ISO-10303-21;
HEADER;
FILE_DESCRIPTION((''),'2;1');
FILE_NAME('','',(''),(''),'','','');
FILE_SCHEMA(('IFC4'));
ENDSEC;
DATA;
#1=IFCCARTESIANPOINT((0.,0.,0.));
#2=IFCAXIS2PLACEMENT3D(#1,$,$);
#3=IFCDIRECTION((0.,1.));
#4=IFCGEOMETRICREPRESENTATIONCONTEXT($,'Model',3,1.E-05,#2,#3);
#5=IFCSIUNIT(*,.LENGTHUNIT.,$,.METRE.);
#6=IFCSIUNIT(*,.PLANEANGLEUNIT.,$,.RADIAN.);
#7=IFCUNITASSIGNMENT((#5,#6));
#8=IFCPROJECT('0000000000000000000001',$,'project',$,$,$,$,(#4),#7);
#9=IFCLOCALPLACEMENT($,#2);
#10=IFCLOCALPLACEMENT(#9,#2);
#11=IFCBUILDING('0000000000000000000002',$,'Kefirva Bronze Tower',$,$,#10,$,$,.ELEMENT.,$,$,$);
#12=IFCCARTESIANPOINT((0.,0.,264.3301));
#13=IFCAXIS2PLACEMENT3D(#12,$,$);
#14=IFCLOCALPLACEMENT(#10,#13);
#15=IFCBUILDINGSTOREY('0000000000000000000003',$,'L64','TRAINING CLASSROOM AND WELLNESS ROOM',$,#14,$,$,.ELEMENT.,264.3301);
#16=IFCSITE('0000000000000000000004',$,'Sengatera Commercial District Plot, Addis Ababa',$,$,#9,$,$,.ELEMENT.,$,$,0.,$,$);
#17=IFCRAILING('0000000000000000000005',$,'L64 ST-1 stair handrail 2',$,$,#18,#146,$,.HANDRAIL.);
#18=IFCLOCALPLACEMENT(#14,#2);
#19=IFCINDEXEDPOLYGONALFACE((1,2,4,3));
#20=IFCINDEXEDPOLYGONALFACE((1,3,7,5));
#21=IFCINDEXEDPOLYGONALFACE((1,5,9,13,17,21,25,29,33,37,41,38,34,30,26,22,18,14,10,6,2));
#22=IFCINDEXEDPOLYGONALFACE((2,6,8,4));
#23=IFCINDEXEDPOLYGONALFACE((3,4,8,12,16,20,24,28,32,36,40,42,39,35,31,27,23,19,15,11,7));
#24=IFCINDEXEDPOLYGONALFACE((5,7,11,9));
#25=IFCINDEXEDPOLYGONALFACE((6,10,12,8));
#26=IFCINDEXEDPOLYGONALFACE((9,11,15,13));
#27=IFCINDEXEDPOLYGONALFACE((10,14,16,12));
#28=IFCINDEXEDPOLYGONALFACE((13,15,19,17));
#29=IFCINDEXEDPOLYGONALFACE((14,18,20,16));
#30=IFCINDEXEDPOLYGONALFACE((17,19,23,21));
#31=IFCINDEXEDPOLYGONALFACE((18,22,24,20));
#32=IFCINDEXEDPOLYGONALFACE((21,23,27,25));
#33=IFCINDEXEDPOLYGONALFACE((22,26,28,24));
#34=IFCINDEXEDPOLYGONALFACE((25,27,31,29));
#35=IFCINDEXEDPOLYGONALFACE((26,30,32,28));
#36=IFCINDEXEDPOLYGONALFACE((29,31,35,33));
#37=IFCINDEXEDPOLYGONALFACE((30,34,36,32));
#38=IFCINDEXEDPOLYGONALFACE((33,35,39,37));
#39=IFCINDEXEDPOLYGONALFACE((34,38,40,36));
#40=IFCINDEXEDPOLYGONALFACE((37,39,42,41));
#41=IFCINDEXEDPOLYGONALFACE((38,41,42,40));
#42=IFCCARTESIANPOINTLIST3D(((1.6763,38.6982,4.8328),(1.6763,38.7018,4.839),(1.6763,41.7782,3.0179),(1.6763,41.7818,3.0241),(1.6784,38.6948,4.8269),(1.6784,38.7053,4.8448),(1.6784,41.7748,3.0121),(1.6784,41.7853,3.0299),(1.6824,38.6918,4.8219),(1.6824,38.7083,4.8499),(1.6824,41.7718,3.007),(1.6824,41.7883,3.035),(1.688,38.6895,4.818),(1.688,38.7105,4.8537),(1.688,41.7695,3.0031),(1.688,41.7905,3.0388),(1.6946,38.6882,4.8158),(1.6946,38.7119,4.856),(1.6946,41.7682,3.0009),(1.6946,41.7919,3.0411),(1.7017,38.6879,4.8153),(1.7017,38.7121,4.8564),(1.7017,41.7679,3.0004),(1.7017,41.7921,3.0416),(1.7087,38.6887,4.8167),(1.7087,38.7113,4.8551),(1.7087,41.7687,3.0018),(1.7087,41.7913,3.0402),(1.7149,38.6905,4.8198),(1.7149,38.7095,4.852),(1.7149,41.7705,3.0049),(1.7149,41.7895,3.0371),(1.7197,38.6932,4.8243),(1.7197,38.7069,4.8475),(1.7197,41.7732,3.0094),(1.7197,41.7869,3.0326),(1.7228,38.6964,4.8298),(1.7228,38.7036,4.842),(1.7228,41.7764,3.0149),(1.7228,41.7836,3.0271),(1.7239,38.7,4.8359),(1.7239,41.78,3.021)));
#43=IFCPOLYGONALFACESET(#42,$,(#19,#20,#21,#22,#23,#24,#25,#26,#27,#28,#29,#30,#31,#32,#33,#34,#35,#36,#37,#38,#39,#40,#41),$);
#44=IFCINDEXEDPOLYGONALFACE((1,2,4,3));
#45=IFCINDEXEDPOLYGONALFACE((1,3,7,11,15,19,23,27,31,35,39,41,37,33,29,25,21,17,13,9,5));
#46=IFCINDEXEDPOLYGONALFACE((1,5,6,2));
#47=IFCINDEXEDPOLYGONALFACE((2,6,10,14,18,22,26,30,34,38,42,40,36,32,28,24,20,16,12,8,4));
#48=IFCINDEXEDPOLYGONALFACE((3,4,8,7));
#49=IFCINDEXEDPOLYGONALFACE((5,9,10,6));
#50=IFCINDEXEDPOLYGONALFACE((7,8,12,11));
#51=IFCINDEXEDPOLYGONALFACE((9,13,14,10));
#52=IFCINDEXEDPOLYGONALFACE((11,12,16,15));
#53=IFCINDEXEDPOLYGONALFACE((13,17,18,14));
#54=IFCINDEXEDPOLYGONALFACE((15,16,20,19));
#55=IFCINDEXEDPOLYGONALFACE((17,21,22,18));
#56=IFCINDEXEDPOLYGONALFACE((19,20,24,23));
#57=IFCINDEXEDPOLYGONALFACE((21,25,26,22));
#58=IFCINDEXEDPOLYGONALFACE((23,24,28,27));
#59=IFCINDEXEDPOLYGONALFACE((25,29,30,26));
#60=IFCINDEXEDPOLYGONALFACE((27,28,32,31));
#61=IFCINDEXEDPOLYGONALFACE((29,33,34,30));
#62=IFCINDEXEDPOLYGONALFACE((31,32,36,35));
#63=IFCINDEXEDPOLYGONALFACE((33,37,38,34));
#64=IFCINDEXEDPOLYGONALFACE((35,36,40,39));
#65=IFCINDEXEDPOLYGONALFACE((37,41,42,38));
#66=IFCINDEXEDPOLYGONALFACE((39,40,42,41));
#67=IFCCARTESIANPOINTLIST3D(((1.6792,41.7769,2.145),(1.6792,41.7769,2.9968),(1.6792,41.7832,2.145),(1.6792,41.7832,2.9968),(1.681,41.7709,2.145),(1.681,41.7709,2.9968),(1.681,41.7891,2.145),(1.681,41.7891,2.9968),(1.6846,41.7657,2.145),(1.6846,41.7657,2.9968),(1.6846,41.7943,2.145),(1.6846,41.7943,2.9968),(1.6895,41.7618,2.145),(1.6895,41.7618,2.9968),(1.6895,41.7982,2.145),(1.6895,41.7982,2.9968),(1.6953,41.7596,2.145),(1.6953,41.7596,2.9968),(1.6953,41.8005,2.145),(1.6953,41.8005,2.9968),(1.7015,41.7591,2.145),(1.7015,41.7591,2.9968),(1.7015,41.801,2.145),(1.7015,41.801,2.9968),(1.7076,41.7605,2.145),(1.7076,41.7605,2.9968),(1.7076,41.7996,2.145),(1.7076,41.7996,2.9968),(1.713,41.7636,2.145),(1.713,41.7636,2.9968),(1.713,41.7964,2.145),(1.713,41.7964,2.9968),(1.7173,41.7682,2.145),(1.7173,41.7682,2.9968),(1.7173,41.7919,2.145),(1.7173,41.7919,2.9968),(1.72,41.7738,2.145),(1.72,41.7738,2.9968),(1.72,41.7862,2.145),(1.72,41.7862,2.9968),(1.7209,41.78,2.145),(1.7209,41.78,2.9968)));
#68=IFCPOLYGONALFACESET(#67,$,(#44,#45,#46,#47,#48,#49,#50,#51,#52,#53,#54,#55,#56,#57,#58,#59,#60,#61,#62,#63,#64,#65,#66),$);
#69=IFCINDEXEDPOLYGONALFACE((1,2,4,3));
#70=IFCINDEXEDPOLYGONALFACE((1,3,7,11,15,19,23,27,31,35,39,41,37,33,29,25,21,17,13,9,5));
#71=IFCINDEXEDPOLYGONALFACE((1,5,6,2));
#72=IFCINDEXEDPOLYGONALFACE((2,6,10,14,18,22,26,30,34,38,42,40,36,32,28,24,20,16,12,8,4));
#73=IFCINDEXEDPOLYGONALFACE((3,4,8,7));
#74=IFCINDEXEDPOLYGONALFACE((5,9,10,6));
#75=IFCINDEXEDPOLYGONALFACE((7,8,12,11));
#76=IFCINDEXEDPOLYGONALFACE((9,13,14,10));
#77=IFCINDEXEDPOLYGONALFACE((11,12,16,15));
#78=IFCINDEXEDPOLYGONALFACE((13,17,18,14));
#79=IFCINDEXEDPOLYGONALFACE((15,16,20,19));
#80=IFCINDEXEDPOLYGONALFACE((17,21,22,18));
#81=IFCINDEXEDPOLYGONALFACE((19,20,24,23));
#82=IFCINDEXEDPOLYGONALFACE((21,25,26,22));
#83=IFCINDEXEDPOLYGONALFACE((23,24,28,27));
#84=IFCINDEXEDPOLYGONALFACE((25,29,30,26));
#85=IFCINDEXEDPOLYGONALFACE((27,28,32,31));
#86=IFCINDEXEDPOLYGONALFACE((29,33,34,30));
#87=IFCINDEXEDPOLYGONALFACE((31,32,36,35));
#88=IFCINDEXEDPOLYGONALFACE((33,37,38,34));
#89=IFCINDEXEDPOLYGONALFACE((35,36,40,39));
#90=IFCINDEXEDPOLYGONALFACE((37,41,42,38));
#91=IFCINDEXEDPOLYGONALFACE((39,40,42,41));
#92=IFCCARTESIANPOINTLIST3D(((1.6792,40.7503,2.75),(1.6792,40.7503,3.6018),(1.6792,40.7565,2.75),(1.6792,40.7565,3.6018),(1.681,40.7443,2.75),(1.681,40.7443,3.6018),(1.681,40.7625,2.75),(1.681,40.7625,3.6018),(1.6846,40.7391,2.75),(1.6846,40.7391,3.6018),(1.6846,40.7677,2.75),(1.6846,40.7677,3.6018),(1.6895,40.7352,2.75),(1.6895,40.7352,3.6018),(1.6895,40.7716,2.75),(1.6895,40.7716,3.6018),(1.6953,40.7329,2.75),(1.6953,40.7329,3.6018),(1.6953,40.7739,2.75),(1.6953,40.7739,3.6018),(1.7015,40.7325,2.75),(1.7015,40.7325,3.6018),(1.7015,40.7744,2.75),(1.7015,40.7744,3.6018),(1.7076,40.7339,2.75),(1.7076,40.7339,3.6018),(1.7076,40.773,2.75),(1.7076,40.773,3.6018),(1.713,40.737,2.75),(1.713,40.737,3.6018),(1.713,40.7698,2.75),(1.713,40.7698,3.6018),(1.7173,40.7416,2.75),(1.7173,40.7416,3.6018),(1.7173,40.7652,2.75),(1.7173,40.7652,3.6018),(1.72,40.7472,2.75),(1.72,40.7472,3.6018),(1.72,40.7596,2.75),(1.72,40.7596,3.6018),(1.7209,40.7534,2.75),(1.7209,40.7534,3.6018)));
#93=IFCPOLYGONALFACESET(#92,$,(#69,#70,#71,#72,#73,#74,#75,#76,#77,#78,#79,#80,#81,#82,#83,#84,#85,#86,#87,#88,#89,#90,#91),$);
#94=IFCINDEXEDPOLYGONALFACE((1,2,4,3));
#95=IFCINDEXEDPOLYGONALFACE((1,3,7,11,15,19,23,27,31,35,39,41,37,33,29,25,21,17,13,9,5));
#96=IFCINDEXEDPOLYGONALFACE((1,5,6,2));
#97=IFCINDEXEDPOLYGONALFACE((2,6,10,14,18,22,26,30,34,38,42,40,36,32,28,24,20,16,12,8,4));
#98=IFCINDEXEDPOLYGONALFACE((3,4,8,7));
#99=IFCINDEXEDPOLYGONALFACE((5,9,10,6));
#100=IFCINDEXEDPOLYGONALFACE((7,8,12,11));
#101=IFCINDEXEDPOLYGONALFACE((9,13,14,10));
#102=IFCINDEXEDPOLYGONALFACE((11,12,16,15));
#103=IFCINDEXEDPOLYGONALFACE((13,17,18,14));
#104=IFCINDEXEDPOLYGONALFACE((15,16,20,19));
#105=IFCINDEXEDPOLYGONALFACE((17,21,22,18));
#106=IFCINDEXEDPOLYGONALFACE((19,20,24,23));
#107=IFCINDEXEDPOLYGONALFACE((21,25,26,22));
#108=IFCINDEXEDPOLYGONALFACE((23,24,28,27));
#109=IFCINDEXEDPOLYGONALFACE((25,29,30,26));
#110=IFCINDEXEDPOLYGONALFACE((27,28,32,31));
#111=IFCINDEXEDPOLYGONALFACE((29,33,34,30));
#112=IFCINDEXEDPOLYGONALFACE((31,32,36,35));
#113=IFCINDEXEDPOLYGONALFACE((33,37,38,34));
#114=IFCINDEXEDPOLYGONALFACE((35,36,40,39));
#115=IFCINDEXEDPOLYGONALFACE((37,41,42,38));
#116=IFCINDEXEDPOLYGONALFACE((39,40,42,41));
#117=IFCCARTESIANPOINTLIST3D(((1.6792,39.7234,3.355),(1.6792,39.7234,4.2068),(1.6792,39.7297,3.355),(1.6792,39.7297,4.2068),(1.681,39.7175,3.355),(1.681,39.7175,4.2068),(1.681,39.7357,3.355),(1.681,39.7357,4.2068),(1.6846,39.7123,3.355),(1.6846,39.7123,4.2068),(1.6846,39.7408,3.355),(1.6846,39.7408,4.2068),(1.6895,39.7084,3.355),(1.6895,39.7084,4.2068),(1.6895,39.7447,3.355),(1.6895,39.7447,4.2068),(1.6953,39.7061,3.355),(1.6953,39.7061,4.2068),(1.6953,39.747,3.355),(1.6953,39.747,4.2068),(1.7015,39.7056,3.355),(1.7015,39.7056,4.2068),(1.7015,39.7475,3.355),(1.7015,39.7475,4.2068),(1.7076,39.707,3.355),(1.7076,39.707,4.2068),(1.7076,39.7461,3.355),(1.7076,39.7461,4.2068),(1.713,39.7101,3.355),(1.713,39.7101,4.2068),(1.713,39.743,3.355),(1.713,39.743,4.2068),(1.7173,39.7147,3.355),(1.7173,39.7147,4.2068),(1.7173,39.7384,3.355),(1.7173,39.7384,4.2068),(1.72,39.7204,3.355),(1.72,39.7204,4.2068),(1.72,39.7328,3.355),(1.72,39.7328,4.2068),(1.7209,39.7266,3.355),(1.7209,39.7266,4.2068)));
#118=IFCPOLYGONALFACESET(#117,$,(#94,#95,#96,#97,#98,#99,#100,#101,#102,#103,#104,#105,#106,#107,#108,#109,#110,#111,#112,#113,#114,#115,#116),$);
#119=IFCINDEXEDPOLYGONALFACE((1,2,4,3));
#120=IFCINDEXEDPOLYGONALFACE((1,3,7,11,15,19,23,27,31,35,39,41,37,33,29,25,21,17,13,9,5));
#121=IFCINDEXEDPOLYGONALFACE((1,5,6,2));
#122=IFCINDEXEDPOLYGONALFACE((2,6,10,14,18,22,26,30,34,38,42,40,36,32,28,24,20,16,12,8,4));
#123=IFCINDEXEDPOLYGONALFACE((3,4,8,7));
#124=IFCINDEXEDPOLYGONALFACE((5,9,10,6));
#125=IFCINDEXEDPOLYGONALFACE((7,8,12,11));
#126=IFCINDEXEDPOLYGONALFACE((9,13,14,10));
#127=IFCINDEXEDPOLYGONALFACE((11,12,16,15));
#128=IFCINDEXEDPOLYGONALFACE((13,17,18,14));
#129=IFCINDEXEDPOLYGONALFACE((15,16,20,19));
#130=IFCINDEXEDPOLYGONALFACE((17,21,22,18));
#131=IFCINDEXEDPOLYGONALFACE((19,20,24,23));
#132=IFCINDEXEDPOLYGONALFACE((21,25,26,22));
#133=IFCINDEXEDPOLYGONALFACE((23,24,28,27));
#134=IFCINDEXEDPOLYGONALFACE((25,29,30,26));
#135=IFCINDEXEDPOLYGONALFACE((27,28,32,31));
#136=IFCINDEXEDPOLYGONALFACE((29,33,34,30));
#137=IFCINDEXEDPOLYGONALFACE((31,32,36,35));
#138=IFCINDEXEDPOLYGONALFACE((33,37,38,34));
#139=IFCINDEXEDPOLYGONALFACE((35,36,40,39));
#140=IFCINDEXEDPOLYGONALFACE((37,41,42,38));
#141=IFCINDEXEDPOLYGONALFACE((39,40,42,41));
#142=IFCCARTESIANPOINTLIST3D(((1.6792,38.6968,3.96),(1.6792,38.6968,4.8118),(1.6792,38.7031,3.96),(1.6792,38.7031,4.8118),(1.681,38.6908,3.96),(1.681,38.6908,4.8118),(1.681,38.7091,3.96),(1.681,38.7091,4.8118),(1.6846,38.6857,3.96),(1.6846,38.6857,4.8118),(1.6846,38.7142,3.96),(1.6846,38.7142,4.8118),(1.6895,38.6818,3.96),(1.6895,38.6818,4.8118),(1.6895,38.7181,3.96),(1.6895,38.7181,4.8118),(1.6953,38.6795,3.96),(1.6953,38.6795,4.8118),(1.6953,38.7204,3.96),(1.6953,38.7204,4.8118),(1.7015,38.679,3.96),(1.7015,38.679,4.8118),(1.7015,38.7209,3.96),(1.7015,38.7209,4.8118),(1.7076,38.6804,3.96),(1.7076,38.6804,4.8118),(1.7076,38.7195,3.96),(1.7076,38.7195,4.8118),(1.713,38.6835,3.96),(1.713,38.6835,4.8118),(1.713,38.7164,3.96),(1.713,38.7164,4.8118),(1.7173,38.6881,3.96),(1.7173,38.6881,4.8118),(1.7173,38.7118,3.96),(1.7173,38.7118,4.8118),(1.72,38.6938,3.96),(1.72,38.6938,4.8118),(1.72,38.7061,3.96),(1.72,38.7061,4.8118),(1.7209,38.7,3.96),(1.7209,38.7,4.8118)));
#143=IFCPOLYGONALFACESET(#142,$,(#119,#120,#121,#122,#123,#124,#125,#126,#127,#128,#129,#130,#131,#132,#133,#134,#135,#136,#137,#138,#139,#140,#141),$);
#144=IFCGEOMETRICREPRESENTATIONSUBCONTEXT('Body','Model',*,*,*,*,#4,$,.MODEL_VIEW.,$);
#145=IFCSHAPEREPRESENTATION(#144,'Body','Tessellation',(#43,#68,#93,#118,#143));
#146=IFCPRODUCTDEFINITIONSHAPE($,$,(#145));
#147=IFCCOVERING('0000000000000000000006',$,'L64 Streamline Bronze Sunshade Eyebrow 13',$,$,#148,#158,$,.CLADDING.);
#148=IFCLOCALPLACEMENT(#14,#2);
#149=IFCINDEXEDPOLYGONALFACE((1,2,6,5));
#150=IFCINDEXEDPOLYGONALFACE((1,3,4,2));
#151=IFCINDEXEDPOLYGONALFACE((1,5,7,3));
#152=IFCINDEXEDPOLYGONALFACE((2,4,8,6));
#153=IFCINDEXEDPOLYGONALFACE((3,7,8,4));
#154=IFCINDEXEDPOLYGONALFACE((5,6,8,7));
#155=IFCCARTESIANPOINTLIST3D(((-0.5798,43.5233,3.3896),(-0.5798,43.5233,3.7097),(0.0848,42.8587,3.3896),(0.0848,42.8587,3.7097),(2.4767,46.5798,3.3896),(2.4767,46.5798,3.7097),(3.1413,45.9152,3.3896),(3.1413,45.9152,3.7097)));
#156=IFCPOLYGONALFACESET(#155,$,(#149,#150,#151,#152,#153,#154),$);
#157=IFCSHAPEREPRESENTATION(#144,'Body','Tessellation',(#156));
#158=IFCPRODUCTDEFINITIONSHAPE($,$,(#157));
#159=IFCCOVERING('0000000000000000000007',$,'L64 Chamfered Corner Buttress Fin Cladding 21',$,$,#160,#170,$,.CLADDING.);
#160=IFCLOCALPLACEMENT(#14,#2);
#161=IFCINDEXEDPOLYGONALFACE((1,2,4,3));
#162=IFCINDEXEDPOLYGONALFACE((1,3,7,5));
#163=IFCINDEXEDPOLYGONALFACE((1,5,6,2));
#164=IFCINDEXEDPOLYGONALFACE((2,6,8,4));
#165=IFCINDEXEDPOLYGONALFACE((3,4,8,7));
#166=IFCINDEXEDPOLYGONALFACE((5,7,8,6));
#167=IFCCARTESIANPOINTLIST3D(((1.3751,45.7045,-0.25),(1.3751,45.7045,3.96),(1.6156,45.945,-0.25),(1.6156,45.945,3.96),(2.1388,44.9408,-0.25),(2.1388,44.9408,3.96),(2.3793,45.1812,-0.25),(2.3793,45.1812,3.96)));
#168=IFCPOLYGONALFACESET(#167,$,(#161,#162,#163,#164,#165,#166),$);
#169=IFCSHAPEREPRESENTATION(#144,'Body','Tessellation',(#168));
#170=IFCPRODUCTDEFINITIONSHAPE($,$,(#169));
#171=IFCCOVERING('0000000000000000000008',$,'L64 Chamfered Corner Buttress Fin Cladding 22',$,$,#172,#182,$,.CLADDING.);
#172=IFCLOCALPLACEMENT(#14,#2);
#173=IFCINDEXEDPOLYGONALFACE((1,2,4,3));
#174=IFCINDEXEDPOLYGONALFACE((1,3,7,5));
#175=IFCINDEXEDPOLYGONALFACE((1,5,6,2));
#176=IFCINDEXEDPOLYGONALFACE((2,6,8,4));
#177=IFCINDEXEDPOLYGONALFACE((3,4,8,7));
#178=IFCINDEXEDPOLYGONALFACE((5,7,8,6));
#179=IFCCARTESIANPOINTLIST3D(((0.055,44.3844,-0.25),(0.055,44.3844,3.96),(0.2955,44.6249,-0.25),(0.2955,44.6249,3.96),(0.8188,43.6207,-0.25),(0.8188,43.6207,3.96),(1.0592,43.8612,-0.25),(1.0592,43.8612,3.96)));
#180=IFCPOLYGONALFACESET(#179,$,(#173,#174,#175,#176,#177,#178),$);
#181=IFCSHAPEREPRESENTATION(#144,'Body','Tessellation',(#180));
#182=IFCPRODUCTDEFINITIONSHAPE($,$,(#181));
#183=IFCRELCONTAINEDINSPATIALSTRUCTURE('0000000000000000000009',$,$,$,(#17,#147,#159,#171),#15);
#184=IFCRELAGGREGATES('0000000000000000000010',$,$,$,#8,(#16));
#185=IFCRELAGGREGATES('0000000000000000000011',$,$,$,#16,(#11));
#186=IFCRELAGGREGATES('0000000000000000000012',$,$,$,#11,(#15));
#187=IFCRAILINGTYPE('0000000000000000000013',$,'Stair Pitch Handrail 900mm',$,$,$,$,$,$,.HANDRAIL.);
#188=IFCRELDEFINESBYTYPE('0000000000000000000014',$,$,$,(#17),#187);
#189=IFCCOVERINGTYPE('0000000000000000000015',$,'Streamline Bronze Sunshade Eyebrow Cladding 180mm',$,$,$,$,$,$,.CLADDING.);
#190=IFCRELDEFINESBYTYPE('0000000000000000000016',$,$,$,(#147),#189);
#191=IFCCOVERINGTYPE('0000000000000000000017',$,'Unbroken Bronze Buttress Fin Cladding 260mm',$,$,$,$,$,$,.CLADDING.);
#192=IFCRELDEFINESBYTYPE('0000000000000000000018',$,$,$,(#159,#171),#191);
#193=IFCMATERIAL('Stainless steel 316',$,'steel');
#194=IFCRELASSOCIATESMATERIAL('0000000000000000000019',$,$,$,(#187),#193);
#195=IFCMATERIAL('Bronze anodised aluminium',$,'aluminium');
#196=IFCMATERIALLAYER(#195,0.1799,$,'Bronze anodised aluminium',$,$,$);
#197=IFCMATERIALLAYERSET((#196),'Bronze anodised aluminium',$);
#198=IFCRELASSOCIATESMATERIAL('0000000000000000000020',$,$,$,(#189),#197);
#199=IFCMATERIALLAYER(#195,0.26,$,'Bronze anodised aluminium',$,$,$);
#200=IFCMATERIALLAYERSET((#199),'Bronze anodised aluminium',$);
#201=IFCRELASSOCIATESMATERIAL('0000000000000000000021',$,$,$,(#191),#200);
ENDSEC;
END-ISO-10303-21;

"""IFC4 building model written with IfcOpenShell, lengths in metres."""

from ifc_helpers import new_model, si_unit, direction, frame, origin, origin_2d, place, context, subcontext, project, spatial, rectangle, circle, extrude, material, layer, layer_set, type_object, element, save


model = new_model("IFC4")

# Units and contexts
model_context = context("Model", 3, precision=1e-05, world=origin(), true_north=direction((0.0, 1.0)))
body_context = subcontext(model_context, "Body", "Model", "MODEL_VIEW")
ifc_project = project(units=[si_unit("LENGTHUNIT", "METRE"), si_unit("PLANEANGLEUNIT", "RADIAN")], contexts=[model_context])

# Site, building, storey
site_placement = place(None, origin())
site = spatial("IfcSite", under=ifc_project, at=site_placement, Name="Sengatera Commercial District Plot, Addis Ababa", CompositionType="ELEMENT", RefElevation=0.0)
building_placement = place(site_placement, origin())
building = spatial("IfcBuilding", under=site, at=building_placement, Name="Kefirva Bronze Tower", CompositionType="ELEMENT")
storey_placement = place(building_placement, frame((0.0, 0.0, 264.3301)))
storey = spatial("IfcBuildingStorey", under=building, at=storey_placement, Name="L64", Description="TRAINING CLASSROOM AND WELLNESS ROOM", CompositionType="ELEMENT", Elevation=264.3301)

# Shared definitions
ifc_material_1 = material(Name="Bronze anodised aluminium", Category="aluminium")

# Railing
ifc_material_2 = material(Name="Stainless steel 316", Category="steel")
railing_type_1 = type_object("IfcRailingType", Name="Stair Pitch Handrail 900mm", PredefinedType="HANDRAIL", material=ifc_material_2)
railing_1_placement = place(storey_placement, frame((1.7, 41.78, 2.145)))
element("IfcRailing", 1, at=railing_1_placement, inside=storey, type_object=railing_type_1, Name="L64 ST-1 stair handrail 2", PredefinedType="HANDRAIL", context=body_context, shape_type="SweptSolid", body=[
    extrude(circle(Radius=0.0239, at=origin_2d()), frame((0.0, 0.0, 0.876), z_axis=(0.0, -0.861551, 0.507671), x_axis=(1.0, 0.0, 0.0)), (0.0, 0.0, 1.0), 3.575),
    extrude(circle(Radius=0.021, at=origin_2d()), origin(), (0.0, 0.0, 1.0), 0.8518),
    extrude(circle(Radius=0.021, at=origin_2d()), frame((0.0, -1.0266, 0.605)), (0.0, 0.0, 1.0), 0.8518),
    extrude(circle(Radius=0.021, at=origin_2d()), frame((0.0, -2.0535, 1.21)), (0.0, 0.0, 1.0), 0.8518),
    extrude(circle(Radius=0.021, at=origin_2d()), frame((0.0, -3.0801, 1.8149)), (0.0, 0.0, 1.0), 0.8518),
])

# Coverings
ifc_layer_1 = layer(ifc_material_1, 0.1799, Name="Bronze anodised aluminium")
ifc_layer_set_1 = layer_set([ifc_layer_1], Name="Bronze anodised aluminium")
covering_type_1 = type_object("IfcCoveringType", Name="Streamline Bronze Sunshade Eyebrow Cladding 180mm", PredefinedType="CLADDING", material=ifc_layer_set_1)
covering_1_placement = place(storey_placement, frame((1.2808, 44.7192, 3.3896), z_axis=(0.0, 0.0, 1.0), x_axis=(-0.707107, -0.707107, 0.0)))
element("IfcCovering", 2, at=covering_1_placement, inside=storey, type_object=covering_type_1, Name="L64 Streamline Bronze Sunshade Eyebrow 13", PredefinedType="CLADDING", context=body_context, shape_type="SweptSolid", body=[
    extrude(rectangle(XDim=4.3225, YDim=0.9399, at=origin_2d()), origin(), (0.0, 0.0, 1.0), 0.3201),
])
ifc_layer_2 = layer(ifc_material_1, 0.26, Name="Bronze anodised aluminium")
ifc_layer_set_2 = layer_set([ifc_layer_2], Name="Bronze anodised aluminium")
covering_type_2 = type_object("IfcCoveringType", Name="Unbroken Bronze Buttress Fin Cladding 260mm", PredefinedType="CLADDING", material=ifc_layer_set_2)
for number, where, z_axis, x_axis, name in (
    (3, (1.8772, 45.4429, -0.25), (0.0, 0.0, 1.0), (-0.707107, -0.707107, 0.0), "L64 Chamfered Corner Buttress Fin Cladding 21"),
    (4, (0.5571, 44.1228, -0.25), (0.0, 0.0, 1.0), (-0.707107, -0.707107, 0.0), "L64 Chamfered Corner Buttress Fin Cladding 22"),
):
    element("IfcCovering", number, at=place(storey_placement, frame(where, z_axis=z_axis, x_axis=x_axis)), inside=storey, type_object=covering_type_2, Name=name, PredefinedType="CLADDING", context=body_context, shape_type="SweptSolid", body=[
        extrude(rectangle(XDim=0.3401, YDim=1.0801, at=origin_2d()), origin(), (0.0, 0.0, 1.0), 4.21),
    ])

save(model, "model.ifc")
